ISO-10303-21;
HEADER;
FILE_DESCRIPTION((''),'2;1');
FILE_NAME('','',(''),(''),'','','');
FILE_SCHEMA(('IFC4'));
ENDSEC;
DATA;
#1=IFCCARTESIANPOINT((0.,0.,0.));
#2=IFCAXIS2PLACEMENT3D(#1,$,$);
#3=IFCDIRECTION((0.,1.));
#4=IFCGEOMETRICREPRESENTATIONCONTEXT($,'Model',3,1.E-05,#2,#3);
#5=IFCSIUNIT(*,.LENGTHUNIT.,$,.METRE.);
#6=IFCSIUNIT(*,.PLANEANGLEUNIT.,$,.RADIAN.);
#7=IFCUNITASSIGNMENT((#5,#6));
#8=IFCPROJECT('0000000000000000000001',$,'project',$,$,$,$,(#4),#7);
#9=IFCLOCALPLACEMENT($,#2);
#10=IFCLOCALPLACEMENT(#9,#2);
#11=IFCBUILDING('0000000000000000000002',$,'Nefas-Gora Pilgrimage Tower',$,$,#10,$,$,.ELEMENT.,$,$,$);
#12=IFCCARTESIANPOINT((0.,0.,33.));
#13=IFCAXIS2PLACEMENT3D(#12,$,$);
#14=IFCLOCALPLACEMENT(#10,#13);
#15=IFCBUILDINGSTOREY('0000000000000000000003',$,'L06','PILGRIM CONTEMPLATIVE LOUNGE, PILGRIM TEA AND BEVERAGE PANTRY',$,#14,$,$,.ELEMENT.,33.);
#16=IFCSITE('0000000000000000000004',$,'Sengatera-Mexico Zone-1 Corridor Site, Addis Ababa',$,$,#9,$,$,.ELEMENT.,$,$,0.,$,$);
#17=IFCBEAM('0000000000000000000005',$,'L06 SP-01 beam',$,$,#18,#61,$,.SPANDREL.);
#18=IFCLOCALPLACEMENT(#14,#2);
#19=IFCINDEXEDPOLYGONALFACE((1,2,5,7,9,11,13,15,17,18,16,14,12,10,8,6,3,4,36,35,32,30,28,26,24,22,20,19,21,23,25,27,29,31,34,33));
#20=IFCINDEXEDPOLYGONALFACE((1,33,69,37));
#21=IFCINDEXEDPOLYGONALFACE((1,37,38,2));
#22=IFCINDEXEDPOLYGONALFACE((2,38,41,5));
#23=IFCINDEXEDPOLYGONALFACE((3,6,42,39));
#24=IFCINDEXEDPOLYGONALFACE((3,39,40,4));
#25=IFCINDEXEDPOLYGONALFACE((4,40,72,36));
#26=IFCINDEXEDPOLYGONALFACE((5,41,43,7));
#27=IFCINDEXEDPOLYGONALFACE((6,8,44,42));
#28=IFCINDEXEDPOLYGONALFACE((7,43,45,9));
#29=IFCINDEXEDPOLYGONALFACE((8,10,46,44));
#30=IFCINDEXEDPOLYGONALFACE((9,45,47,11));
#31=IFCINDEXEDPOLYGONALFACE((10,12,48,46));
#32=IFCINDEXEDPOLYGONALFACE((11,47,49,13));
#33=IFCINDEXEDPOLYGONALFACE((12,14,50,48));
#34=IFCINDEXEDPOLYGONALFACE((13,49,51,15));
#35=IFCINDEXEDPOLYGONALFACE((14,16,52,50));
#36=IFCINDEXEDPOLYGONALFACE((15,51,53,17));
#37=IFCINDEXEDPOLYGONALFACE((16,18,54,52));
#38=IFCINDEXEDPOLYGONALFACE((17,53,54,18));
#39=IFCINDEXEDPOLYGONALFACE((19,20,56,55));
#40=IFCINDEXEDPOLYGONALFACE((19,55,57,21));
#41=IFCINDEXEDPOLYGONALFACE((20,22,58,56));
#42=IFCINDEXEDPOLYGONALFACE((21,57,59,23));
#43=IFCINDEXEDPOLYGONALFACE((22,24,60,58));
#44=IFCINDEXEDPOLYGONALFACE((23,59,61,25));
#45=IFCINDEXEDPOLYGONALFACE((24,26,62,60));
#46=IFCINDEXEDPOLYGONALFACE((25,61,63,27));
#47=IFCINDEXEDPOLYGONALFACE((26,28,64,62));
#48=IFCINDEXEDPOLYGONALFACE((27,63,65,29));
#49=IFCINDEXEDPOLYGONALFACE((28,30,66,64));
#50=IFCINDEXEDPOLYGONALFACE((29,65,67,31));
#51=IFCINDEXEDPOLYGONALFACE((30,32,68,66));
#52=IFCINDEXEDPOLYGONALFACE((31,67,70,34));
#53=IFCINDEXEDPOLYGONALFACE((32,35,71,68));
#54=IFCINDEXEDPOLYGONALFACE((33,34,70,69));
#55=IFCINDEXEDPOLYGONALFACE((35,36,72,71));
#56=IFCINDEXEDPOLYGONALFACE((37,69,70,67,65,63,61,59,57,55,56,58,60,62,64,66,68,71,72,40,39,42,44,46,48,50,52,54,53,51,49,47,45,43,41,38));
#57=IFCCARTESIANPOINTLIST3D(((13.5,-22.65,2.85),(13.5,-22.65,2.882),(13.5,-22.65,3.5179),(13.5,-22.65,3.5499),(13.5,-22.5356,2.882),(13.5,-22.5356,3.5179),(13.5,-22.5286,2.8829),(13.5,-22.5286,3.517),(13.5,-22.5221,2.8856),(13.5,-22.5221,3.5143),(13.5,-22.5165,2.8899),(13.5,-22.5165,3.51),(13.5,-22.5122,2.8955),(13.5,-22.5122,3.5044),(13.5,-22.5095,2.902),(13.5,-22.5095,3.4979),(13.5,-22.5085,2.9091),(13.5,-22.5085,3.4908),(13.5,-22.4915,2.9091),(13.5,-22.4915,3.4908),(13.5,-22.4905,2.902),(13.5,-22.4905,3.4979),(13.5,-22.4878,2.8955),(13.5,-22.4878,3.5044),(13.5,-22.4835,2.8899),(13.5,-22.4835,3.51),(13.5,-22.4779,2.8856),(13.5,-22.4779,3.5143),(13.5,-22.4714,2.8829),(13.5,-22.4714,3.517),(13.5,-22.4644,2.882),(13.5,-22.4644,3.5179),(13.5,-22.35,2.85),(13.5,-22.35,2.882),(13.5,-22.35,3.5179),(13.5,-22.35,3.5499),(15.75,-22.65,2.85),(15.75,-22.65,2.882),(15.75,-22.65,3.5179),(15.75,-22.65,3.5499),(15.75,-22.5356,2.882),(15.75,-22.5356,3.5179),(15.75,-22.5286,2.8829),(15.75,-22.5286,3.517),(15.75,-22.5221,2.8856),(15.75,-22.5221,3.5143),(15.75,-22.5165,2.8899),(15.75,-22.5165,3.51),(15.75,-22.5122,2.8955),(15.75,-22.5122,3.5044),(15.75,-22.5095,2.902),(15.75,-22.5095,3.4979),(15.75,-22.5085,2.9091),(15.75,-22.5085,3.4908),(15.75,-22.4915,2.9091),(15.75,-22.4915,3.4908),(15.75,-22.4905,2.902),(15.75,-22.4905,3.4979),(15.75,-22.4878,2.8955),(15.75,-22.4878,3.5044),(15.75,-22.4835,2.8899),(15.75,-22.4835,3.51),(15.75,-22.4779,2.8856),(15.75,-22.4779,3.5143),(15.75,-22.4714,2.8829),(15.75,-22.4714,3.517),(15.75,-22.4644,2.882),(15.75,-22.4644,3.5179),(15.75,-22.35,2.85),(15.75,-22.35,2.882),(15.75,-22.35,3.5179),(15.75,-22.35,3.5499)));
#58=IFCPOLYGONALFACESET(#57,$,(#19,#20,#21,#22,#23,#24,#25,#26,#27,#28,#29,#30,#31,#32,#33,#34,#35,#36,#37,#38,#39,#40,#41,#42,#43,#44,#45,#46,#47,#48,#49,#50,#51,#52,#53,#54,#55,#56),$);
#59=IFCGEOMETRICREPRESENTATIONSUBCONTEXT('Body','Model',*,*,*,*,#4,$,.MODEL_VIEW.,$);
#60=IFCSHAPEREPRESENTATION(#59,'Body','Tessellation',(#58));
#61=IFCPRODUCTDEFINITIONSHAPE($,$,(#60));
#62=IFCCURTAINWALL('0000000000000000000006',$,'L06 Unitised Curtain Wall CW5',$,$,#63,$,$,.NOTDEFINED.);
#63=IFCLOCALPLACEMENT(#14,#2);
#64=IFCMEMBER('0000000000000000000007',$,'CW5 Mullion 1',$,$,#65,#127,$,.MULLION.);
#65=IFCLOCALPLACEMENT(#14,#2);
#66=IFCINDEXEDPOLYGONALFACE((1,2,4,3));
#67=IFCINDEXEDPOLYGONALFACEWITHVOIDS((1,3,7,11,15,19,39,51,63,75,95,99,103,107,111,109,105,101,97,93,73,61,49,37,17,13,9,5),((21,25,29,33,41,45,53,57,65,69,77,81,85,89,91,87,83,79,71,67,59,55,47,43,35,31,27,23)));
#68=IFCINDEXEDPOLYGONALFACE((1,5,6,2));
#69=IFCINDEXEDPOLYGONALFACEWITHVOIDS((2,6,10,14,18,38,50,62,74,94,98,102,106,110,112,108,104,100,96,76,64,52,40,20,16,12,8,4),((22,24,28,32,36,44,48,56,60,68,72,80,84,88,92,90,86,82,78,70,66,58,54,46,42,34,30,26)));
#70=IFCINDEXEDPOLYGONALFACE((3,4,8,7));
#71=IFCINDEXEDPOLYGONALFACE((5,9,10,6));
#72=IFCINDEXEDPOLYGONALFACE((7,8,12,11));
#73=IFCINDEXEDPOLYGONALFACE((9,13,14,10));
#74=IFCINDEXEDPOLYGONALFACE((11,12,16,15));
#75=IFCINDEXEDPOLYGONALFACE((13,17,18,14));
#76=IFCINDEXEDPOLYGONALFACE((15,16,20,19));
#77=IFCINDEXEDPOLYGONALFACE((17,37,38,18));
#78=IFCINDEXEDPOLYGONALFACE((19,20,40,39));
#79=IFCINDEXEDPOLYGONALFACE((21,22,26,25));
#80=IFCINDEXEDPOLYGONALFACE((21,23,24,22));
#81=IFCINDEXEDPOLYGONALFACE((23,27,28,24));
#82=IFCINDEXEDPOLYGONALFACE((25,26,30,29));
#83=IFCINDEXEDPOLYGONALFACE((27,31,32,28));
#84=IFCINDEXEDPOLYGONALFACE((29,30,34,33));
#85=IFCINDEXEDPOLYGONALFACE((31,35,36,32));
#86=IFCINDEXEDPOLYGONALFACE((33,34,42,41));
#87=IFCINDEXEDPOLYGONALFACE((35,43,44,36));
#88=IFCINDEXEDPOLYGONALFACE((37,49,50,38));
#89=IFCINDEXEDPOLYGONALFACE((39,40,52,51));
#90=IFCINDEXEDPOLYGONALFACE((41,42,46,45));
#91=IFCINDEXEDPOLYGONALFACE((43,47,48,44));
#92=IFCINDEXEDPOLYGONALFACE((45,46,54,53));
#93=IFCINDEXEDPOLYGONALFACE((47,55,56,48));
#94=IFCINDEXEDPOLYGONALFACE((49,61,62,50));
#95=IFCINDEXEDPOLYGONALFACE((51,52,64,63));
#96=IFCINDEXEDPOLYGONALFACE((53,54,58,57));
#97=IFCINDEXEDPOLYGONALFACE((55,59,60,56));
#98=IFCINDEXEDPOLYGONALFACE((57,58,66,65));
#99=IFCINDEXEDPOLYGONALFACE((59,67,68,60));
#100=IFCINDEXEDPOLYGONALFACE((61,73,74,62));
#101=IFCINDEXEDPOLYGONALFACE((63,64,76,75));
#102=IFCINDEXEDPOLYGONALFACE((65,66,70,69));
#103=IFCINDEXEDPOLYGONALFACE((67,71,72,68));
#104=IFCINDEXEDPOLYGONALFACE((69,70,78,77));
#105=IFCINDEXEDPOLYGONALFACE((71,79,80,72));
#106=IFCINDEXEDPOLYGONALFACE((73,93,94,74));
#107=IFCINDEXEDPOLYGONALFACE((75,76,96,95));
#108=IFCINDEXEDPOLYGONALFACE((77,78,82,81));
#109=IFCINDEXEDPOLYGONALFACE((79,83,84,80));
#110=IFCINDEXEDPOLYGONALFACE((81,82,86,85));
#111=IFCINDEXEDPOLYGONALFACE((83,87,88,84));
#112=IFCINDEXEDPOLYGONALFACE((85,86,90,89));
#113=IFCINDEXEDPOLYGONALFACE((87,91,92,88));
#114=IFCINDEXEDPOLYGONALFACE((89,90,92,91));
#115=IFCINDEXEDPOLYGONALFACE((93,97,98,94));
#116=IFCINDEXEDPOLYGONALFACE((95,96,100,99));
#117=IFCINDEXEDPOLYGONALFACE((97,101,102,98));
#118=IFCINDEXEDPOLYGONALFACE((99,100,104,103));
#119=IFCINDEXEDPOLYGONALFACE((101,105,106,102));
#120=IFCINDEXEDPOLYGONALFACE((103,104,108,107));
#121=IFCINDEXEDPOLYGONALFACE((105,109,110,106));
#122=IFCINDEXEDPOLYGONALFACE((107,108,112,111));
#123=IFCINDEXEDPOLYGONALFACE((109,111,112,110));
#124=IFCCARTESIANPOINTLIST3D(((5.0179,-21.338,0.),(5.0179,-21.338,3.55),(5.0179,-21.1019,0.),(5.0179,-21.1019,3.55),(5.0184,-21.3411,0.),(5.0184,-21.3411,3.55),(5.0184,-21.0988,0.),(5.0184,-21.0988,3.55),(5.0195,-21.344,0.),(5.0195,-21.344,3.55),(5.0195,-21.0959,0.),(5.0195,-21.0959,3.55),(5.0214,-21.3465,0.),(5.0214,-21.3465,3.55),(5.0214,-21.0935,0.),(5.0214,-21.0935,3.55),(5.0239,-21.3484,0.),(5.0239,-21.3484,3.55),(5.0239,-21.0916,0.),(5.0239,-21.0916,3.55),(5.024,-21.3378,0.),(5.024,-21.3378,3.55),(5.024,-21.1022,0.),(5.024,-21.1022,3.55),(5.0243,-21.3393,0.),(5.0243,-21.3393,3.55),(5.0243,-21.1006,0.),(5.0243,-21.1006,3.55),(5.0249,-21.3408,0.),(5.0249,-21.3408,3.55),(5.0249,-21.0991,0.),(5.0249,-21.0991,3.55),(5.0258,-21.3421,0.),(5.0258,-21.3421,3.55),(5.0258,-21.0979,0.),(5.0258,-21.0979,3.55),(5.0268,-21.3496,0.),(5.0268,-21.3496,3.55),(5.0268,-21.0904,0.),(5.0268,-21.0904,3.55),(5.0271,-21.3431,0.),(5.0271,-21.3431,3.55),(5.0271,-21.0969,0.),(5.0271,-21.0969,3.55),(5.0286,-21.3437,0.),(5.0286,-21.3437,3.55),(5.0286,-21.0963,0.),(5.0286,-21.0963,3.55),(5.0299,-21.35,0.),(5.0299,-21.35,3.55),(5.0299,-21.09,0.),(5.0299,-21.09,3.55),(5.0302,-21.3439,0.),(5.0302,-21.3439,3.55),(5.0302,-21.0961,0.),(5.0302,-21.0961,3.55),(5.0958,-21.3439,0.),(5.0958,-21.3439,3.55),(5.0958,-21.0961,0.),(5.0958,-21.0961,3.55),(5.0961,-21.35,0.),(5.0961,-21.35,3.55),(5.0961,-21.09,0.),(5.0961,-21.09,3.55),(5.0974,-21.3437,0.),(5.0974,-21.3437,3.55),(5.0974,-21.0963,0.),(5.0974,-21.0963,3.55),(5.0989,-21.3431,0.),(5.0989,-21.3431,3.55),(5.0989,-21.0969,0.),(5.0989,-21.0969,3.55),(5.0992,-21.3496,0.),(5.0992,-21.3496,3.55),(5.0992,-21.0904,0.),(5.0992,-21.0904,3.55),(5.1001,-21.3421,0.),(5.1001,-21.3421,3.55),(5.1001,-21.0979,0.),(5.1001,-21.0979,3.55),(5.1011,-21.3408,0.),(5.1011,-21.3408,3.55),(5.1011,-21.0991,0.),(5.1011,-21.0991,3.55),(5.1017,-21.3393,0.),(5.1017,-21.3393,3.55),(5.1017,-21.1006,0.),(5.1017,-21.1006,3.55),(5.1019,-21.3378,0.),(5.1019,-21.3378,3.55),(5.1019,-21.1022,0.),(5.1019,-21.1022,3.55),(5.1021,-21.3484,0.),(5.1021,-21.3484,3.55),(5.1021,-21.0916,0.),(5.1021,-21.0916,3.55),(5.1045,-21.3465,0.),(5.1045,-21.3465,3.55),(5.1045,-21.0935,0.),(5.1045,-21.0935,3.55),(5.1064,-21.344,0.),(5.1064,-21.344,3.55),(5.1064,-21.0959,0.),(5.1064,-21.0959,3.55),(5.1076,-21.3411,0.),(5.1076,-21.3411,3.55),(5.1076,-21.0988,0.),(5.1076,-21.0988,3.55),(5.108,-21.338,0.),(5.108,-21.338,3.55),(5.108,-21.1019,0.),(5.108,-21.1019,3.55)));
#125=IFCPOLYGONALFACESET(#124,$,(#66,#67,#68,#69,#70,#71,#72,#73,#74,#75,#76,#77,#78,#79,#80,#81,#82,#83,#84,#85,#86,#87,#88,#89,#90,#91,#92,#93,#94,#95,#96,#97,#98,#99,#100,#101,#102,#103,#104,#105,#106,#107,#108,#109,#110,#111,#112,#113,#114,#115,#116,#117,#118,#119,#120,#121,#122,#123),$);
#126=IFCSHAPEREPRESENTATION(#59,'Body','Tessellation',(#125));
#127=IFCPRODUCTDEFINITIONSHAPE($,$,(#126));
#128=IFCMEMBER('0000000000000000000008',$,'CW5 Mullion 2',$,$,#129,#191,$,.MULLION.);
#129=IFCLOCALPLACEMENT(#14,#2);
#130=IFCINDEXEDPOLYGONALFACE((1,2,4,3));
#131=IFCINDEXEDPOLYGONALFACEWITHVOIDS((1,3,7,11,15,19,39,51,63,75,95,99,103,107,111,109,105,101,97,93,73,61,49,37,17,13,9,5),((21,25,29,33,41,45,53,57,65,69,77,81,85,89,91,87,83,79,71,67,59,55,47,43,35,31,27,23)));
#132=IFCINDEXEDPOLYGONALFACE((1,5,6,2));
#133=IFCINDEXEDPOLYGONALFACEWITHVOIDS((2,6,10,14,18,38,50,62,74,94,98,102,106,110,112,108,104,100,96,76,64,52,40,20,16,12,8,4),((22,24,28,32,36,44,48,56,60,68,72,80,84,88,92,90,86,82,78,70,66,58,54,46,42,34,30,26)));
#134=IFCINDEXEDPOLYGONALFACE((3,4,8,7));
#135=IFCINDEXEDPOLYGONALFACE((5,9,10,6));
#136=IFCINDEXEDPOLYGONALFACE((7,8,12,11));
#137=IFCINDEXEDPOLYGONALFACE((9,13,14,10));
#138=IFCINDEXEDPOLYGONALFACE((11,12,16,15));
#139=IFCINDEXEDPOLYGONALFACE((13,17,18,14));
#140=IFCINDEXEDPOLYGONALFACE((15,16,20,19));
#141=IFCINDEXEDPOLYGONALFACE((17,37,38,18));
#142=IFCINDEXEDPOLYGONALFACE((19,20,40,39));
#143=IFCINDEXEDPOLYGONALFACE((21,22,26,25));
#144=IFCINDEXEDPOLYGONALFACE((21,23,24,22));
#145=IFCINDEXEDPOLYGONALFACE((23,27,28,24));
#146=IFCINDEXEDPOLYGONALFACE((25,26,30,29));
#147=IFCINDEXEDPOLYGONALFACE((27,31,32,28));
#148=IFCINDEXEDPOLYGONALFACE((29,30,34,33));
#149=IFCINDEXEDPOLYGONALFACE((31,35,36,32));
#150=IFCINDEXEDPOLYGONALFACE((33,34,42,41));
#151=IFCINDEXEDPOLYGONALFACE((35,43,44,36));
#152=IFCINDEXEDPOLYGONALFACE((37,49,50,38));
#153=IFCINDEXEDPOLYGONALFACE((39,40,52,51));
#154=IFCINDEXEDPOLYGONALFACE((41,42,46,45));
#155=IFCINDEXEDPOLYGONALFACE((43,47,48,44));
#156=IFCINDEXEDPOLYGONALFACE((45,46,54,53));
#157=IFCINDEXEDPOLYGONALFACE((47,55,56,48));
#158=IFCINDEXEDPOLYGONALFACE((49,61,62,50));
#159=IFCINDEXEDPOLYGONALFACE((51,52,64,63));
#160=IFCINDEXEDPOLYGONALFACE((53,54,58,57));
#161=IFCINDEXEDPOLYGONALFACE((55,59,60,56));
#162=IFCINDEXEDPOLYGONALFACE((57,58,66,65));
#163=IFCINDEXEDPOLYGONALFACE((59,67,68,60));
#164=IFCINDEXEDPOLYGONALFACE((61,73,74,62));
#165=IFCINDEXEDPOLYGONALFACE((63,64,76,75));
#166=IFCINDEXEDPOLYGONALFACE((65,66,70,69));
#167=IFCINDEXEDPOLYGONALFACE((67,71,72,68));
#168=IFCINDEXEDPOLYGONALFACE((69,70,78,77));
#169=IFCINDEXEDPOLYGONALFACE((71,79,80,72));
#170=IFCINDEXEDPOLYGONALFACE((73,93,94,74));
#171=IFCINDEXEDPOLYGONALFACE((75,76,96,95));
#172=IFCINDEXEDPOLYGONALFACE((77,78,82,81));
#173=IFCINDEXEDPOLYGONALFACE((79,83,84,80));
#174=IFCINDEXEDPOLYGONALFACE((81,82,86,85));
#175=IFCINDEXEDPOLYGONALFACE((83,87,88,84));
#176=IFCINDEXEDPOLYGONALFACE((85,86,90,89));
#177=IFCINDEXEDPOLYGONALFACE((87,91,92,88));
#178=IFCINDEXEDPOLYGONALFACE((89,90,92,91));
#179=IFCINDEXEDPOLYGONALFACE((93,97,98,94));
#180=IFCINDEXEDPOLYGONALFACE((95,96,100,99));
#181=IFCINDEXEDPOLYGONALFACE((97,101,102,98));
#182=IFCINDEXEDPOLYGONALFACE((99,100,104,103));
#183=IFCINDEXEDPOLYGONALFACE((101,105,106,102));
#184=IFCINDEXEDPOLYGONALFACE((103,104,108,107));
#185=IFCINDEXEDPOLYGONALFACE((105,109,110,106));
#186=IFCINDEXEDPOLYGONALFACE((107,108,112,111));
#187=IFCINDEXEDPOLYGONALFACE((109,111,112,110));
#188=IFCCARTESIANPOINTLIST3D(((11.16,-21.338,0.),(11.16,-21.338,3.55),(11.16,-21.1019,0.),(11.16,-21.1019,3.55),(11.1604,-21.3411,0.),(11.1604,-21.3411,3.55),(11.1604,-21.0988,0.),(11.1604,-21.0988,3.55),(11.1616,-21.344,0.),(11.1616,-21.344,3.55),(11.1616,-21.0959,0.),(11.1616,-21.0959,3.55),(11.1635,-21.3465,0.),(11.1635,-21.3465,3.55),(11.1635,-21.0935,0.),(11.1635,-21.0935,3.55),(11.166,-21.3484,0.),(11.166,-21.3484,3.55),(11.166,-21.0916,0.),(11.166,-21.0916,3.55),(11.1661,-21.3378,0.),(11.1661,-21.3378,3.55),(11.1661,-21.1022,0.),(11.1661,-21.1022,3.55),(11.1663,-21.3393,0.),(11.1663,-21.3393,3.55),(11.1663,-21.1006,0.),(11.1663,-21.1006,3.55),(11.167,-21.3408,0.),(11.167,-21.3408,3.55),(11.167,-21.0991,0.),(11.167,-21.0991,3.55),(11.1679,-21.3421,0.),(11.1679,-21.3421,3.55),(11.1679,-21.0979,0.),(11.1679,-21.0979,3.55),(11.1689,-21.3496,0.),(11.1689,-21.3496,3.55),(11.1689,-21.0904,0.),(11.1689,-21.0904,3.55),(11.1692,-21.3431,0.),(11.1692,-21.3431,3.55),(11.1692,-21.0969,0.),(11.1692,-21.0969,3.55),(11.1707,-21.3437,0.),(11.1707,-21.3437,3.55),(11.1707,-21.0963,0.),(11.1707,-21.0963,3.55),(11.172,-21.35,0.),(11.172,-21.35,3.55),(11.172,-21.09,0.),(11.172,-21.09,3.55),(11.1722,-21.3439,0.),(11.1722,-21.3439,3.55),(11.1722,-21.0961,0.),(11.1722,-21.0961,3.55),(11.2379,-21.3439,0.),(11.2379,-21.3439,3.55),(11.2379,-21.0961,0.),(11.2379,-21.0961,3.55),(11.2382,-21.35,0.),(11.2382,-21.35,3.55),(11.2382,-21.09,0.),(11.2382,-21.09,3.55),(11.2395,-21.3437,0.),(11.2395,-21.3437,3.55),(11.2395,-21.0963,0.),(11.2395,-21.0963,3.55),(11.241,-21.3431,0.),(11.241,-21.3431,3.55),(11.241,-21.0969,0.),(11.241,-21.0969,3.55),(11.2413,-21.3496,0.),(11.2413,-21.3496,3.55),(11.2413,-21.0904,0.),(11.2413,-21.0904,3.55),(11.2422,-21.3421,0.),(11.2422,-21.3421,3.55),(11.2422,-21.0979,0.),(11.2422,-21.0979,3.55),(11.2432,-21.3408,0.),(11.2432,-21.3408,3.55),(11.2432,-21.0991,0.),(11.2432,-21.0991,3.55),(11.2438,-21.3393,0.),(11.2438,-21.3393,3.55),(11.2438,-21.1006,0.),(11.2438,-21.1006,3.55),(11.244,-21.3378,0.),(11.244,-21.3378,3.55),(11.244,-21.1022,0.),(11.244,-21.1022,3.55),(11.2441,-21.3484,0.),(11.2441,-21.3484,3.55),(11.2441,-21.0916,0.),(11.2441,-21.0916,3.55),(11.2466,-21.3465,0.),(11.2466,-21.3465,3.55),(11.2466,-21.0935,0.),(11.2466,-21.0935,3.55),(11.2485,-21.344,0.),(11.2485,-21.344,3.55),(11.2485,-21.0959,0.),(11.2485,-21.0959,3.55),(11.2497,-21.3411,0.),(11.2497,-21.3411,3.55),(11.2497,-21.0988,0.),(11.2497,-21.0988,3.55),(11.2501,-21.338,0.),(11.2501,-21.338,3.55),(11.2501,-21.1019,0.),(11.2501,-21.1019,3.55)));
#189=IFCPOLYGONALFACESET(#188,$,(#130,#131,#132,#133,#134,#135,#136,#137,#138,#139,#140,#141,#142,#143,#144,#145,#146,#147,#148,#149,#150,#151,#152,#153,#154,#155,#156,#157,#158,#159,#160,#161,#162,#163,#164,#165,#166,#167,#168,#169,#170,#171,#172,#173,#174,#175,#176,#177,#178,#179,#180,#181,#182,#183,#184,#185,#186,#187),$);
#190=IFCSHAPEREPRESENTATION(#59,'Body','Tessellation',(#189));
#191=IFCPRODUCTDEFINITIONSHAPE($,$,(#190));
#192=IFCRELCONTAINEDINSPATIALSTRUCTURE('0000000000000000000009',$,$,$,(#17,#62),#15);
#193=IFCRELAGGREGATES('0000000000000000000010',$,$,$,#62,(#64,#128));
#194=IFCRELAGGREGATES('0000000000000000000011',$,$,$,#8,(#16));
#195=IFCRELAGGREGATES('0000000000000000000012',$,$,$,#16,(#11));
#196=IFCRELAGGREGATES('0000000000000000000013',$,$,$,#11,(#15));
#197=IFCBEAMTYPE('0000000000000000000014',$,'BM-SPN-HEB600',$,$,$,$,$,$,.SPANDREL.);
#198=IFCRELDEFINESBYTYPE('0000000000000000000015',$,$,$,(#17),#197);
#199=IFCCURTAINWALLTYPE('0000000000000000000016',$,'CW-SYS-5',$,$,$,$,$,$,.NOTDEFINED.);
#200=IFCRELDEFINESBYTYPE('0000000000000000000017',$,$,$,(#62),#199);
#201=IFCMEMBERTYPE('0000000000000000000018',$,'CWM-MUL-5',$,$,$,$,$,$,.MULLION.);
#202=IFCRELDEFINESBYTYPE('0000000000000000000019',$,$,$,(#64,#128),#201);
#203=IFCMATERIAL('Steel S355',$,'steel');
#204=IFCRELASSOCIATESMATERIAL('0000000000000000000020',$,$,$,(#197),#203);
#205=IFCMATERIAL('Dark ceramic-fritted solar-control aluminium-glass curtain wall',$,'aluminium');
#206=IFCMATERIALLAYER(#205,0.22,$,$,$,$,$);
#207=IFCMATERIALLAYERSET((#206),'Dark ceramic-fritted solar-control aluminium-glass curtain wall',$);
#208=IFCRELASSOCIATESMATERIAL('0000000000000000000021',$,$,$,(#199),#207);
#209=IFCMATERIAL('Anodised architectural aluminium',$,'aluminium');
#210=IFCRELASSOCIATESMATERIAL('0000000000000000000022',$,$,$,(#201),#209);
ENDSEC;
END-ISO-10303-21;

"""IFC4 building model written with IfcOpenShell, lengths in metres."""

from ifc_helpers import new_model, si_unit, direction, frame, origin, origin_2d, place, context, subcontext, project, spatial, hollow_rectangle, i_section, extrude, source, transform, mapped, material, layer, layer_set, material_profile, profile_set, type_object, element, aggregate, save


model = new_model("IFC4")

# Units and contexts
model_context = context("Model", 3, precision=1e-05, world=origin(), true_north=direction((0.0, 1.0)))
body_context = subcontext(model_context, "Body", "Model", "MODEL_VIEW")
ifc_project = project(units=[si_unit("LENGTHUNIT", "METRE"), si_unit("PLANEANGLEUNIT", "RADIAN")], contexts=[model_context])

# Site, building, storey
site_placement = place(None, origin())
site = spatial("IfcSite", under=ifc_project, at=site_placement, Name="Sengatera-Mexico Zone-1 Corridor Site, Addis Ababa", CompositionType="ELEMENT", RefElevation=0.0)
building_placement = place(site_placement, origin())
building = spatial("IfcBuilding", under=site, at=building_placement, Name="Nefas-Gora Pilgrimage Tower", CompositionType="ELEMENT")
storey_placement = place(building_placement, frame((0.0, 0.0, 33.0)))
storey = spatial("IfcBuildingStorey", under=building, at=storey_placement, Name="L06", Description="PILGRIM CONTEMPLATIVE LOUNGE, PILGRIM TEA AND BEVERAGE PANTRY", CompositionType="ELEMENT", Elevation=33.0)

# Beam
ifc_material_1 = material(Name="Steel S355", Category="steel")
ifc_material_profile_1 = material_profile(ifc_material_1, i_section(OverallWidth=0.3, OverallDepth=0.7, WebThickness=0.0171, FlangeThickness=0.032, FilletRadius=0.0271, at=origin_2d()), Name="HEB 700")
ifc_profile_set_1 = profile_set([ifc_material_profile_1], Name="Steel S355")
beam_type_1 = type_object("IfcBeamType", Name="BM-SPN-HEB600", PredefinedType="SPANDREL", material=ifc_profile_set_1)
shared_shape_1 = source(origin(), body_context, "Body", "SweptSolid", [
    extrude(i_section(OverallWidth=0.3, OverallDepth=0.7, WebThickness=0.0171, FlangeThickness=0.032, FilletRadius=0.0271, at=origin_2d()), origin(), (0.0, 0.0, 1.0), 2.25),
])
beam_1_placement = place(storey_placement, frame((13.5, -22.5, 3.2), z_axis=(1.0, 0.0, 0.0), x_axis=(0.0, 1.0, 0.0)))
element("IfcBeam", 1, at=beam_1_placement, inside=storey, type_object=beam_type_1, Name="L06 SP-01 beam", PredefinedType="SPANDREL", context=body_context, shape_type="MappedRepresentation", body=[
    mapped(shared_shape_1, transform((0.0, 0.0, 0.0), x_axis=(1.0, 0.0, 0.0), y_axis=(0.0, 1.0, 0.0), z_axis=(0.0, 0.0, 1.0), scale=1.0)),
])

# Curtain wall, members
ifc_material_2 = material(Name="Dark ceramic-fritted solar-control aluminium-glass curtain wall", Category="aluminium")
ifc_layer_1 = layer(ifc_material_2, 0.22)
ifc_layer_set_1 = layer_set([ifc_layer_1], Name="Dark ceramic-fritted solar-control aluminium-glass curtain wall")
curtain_wall_type_1 = type_object("IfcCurtainWallType", Name="CW-SYS-5", PredefinedType="NOTDEFINED", material=ifc_layer_set_1)
curtain_wall_1_placement = place(storey_placement, origin())
curtain_wall_1 = element("IfcCurtainWall", 2, at=curtain_wall_1_placement, inside=storey, type_object=curtain_wall_type_1, Name="L06 Unitised Curtain Wall CW5", PredefinedType="NOTDEFINED")
ifc_material_3 = material(Name="Anodised architectural aluminium", Category="aluminium")
ifc_material_profile_2 = material_profile(ifc_material_3, hollow_rectangle(XDim=0.0901, YDim=0.26, WallThickness=0.0061, InnerFilletRadius=0.0061, OuterFilletRadius=0.012, at=origin_2d()), Name="ALU MULLION 90x260")
ifc_profile_set_2 = profile_set([ifc_material_profile_2], Name="Anodised architectural aluminium")
member_type_1 = type_object("IfcMemberType", Name="CWM-MUL-5", PredefinedType="MULLION", material=ifc_profile_set_2)
shared_shape_2 = source(origin(), body_context, "Body", "SweptSolid", [
    extrude(hollow_rectangle(XDim=0.0901, YDim=0.26, WallThickness=0.0061, InnerFilletRadius=0.0061, OuterFilletRadius=0.012, at=origin_2d()), origin(), (0.0, 0.0, 1.0), 3.55),
])
member_1_placement = place(storey_placement, frame((5.063, -21.22, 0.0), z_axis=(0.0, 0.0, 1.0), x_axis=(1.0, 0.0, 0.0)))
member_1 = element("IfcMember", 3, at=member_1_placement, type_object=member_type_1, Name="CW5 Mullion 1", PredefinedType="MULLION", context=body_context, shape_type="MappedRepresentation", body=[
    mapped(shared_shape_2, transform((0.0, 0.0, 0.0), x_axis=(1.0, 0.0, 0.0), y_axis=(0.0, 1.0, 0.0), z_axis=(0.0, 0.0, 1.0), scale=1.0)),
])
member_2_placement = place(storey_placement, frame((11.2051, -21.22, 0.0), z_axis=(0.0, 0.0, 1.0), x_axis=(1.0, 0.0, 0.0)))
member_2 = element("IfcMember", 4, at=member_2_placement, type_object=member_type_1, Name="CW5 Mullion 2", PredefinedType="MULLION", context=body_context, shape_type="MappedRepresentation", body=[
    mapped(shared_shape_2, transform((0.0, 0.0, 0.0), x_axis=(1.0, 0.0, 0.0), y_axis=(0.0, 1.0, 0.0), z_axis=(0.0, 0.0, 1.0), scale=1.0)),
])

aggregate(curtain_wall_1, [member_1, member_2])

save(model, "model.ifc")
